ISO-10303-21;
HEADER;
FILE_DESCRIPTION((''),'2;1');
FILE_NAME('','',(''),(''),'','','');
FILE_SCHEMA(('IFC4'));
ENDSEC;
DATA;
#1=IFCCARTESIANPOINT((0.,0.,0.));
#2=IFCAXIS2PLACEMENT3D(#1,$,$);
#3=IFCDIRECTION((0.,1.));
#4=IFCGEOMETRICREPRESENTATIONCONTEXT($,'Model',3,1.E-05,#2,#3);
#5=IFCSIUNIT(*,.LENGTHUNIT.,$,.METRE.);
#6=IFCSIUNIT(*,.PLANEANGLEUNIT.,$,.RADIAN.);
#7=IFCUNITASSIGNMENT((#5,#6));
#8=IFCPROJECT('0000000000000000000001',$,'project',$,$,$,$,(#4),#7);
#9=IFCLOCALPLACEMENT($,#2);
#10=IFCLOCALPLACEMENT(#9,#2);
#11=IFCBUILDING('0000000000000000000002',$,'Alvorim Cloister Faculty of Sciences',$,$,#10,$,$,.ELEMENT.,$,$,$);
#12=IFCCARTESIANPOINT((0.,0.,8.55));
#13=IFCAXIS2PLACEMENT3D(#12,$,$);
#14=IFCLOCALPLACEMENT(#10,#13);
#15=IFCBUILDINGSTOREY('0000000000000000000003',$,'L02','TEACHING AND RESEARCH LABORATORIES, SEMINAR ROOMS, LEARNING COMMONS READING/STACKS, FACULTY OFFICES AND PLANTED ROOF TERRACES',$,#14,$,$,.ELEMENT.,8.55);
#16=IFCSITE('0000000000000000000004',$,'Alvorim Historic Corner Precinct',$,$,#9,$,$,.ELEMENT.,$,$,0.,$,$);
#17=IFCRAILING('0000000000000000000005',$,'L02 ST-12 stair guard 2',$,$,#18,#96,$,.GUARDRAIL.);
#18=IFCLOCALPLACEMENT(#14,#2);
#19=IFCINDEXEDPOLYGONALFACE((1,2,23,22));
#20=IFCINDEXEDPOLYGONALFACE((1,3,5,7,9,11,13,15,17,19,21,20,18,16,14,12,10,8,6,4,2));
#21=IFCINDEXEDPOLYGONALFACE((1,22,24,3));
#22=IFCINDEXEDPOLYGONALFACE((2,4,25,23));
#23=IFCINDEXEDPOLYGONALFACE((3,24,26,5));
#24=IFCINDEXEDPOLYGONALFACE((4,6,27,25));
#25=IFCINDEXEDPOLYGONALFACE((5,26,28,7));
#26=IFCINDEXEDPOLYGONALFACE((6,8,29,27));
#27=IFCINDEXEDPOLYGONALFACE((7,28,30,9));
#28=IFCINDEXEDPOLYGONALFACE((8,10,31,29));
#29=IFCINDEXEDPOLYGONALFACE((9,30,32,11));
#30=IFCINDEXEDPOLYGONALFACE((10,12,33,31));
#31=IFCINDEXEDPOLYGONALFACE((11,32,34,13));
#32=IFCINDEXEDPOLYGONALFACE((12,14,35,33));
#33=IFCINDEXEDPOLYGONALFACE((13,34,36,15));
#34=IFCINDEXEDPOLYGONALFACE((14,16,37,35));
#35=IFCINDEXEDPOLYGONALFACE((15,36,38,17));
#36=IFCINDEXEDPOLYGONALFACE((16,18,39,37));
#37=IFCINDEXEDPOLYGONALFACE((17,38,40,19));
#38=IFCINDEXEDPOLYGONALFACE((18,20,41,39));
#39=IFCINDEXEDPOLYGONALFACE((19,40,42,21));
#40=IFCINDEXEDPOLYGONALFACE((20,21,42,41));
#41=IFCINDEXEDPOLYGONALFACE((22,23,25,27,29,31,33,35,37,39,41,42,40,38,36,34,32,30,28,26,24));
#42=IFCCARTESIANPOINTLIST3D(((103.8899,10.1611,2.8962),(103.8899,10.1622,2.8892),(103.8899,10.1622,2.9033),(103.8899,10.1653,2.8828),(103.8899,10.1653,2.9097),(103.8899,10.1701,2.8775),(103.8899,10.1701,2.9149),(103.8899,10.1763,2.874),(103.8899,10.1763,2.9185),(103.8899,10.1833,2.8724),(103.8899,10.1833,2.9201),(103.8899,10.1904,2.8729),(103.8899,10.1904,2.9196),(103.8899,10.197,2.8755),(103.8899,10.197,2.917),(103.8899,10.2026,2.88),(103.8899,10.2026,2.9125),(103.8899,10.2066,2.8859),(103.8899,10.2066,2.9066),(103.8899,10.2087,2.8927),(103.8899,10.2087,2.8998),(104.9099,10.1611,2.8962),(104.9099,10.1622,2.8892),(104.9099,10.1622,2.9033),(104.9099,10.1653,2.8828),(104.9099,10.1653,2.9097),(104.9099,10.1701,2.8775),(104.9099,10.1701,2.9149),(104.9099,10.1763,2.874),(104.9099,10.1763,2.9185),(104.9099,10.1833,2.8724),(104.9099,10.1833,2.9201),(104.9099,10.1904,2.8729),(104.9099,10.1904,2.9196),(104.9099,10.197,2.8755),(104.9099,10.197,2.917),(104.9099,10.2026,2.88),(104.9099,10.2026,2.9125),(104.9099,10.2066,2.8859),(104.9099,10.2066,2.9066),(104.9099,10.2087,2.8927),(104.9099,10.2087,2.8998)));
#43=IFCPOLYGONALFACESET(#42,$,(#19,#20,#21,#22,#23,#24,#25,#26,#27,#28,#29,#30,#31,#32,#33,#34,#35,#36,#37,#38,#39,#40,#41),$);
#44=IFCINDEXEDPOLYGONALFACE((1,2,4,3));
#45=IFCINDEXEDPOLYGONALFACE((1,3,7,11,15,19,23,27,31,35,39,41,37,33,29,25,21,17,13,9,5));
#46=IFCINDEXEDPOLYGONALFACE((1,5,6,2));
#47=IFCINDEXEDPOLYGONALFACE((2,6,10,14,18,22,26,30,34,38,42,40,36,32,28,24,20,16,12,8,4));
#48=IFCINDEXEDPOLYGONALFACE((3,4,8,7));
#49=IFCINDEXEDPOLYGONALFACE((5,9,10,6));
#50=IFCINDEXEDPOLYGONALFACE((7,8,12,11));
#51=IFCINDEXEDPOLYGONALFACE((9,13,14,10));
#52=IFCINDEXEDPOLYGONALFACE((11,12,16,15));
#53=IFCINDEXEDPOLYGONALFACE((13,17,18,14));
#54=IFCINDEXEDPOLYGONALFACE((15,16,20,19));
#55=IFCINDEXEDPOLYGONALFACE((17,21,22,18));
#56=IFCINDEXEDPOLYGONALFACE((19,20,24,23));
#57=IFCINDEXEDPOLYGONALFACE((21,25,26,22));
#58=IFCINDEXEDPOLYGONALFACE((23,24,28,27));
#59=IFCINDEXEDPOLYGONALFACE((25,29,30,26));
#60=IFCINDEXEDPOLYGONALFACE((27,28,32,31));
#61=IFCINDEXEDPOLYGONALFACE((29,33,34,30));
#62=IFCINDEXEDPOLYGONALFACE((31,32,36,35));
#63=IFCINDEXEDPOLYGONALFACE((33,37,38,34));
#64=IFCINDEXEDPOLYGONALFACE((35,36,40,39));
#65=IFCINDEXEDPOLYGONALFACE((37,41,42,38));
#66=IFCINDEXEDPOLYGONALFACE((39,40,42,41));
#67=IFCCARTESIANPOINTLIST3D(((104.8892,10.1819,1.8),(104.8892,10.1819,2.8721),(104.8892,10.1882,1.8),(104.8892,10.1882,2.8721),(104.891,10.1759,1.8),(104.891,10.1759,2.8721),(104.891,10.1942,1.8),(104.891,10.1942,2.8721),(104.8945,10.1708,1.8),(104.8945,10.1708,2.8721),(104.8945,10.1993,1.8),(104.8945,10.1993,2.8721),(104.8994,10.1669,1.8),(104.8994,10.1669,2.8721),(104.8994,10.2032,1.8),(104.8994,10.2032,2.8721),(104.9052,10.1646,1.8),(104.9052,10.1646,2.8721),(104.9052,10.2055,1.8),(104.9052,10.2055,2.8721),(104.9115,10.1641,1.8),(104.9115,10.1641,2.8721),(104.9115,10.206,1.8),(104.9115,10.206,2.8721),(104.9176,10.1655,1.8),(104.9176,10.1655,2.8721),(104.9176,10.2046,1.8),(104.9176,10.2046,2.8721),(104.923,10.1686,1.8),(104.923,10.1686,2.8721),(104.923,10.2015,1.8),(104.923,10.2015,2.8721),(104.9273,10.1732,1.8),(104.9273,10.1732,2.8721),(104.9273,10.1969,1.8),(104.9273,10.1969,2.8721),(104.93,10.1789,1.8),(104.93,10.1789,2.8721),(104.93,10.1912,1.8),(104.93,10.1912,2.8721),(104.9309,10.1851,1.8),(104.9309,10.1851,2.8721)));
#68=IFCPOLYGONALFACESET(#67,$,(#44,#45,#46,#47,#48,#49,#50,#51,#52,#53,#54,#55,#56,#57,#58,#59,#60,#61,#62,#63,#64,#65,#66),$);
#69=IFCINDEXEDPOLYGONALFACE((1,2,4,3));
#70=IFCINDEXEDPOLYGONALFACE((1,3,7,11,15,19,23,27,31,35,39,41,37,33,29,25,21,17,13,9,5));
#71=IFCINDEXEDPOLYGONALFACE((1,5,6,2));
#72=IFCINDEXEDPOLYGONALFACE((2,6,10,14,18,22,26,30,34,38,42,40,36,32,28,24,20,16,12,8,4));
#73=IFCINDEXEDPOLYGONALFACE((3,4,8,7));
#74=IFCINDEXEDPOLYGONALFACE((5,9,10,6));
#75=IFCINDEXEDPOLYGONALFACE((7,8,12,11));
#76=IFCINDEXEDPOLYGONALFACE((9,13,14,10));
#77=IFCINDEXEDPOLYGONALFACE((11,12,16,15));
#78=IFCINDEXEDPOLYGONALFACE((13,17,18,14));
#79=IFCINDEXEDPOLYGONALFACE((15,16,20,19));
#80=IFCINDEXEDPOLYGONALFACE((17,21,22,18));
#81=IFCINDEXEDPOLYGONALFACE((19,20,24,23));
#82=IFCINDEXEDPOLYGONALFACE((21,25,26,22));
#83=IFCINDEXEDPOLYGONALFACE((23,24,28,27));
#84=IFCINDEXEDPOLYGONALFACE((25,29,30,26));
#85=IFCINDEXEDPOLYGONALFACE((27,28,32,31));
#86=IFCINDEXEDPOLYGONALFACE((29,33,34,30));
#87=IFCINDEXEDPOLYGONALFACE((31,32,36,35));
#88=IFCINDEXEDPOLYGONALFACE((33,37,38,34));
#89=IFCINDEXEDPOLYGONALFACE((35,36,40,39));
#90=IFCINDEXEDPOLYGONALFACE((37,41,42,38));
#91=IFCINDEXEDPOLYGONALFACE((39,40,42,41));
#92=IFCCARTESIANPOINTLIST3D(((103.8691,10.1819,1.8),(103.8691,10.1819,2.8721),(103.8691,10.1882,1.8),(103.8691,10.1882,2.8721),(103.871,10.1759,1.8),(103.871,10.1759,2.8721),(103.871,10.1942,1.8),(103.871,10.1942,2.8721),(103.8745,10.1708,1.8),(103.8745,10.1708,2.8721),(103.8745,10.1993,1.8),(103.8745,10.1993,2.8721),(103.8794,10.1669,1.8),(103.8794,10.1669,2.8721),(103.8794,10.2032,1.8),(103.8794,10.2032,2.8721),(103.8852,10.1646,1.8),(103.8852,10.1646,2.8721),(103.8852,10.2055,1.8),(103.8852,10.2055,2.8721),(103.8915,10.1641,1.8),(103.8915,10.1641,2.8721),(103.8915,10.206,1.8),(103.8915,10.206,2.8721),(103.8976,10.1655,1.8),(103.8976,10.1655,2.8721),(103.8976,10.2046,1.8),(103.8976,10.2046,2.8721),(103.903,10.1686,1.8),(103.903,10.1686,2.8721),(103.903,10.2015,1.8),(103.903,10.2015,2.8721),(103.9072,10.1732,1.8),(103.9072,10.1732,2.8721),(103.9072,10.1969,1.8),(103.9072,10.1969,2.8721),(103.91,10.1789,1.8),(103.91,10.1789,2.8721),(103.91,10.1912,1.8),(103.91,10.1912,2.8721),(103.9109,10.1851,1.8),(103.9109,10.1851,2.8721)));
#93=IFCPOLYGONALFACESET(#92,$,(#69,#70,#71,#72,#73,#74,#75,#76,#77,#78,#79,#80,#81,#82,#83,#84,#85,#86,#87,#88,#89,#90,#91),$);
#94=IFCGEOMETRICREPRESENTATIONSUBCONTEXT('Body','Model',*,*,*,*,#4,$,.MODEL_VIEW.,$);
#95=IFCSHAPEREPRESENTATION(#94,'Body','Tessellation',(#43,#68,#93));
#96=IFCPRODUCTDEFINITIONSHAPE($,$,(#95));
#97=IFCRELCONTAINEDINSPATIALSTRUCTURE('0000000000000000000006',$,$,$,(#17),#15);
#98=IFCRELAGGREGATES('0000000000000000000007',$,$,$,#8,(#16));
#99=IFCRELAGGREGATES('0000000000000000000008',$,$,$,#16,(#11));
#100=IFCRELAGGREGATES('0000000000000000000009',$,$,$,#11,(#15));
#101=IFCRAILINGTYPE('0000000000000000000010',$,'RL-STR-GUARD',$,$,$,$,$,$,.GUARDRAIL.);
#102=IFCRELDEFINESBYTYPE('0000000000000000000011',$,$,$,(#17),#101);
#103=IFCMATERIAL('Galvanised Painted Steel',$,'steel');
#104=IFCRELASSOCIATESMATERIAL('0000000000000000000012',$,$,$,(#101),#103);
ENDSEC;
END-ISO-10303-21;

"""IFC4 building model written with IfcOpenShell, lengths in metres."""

from ifc_helpers import new_model, si_unit, direction, frame, origin, origin_2d, place, context, subcontext, project, spatial, circle, extrude, material, type_object, element, save


model = new_model("IFC4")

# Units and contexts
model_context = context("Model", 3, precision=1e-05, world=origin(), true_north=direction((0.0, 1.0)))
body_context = subcontext(model_context, "Body", "Model", "MODEL_VIEW")
ifc_project = project(units=[si_unit("LENGTHUNIT", "METRE"), si_unit("PLANEANGLEUNIT", "RADIAN")], contexts=[model_context])

# Site, building, storey
site_placement = place(None, origin())
site = spatial("IfcSite", under=ifc_project, at=site_placement, Name="Alvorim Historic Corner Precinct", CompositionType="ELEMENT", RefElevation=0.0)
building_placement = place(site_placement, origin())
building = spatial("IfcBuilding", under=site, at=building_placement, Name="Alvorim Cloister Faculty of Sciences", CompositionType="ELEMENT")
storey_placement = place(building_placement, frame((0.0, 0.0, 8.55)))
storey = spatial("IfcBuildingStorey", under=building, at=storey_placement, Name="L02", Description="TEACHING AND RESEARCH LABORATORIES, SEMINAR ROOMS, LEARNING COMMONS READING/STACKS, FACULTY OFFICES AND PLANTED ROOF TERRACES", CompositionType="ELEMENT", Elevation=8.55)

# Railing
ifc_material_1 = material(Name="Galvanised Painted Steel", Category="steel")
railing_type_1 = type_object("IfcRailingType", Name="RL-STR-GUARD", PredefinedType="GUARDRAIL", material=ifc_material_1)
railing_1_placement = place(storey_placement, frame((104.9099, 10.1851, 1.8)))
element("IfcRailing", 1, at=railing_1_placement, inside=storey, type_object=railing_type_1, Name="L02 ST-12 stair guard 2", PredefinedType="GUARDRAIL", context=body_context, shape_type="SweptSolid", body=[
    extrude(circle(Radius=0.0239, at=origin_2d()), frame((0.0, 0.0, 1.0962), z_axis=(-1.0, 0.0, 0.0), x_axis=(0.0, -1.0, 0.0)), (0.0, 0.0, 1.0), 1.02),
    extrude(circle(Radius=0.021, at=origin_2d()), origin(), (0.0, 0.0, 1.0), 1.072),
    extrude(circle(Radius=0.021, at=origin_2d()), frame((-1.02, 0.0, 0.0)), (0.0, 0.0, 1.0), 1.072),
])

save(model, "model.ifc")
